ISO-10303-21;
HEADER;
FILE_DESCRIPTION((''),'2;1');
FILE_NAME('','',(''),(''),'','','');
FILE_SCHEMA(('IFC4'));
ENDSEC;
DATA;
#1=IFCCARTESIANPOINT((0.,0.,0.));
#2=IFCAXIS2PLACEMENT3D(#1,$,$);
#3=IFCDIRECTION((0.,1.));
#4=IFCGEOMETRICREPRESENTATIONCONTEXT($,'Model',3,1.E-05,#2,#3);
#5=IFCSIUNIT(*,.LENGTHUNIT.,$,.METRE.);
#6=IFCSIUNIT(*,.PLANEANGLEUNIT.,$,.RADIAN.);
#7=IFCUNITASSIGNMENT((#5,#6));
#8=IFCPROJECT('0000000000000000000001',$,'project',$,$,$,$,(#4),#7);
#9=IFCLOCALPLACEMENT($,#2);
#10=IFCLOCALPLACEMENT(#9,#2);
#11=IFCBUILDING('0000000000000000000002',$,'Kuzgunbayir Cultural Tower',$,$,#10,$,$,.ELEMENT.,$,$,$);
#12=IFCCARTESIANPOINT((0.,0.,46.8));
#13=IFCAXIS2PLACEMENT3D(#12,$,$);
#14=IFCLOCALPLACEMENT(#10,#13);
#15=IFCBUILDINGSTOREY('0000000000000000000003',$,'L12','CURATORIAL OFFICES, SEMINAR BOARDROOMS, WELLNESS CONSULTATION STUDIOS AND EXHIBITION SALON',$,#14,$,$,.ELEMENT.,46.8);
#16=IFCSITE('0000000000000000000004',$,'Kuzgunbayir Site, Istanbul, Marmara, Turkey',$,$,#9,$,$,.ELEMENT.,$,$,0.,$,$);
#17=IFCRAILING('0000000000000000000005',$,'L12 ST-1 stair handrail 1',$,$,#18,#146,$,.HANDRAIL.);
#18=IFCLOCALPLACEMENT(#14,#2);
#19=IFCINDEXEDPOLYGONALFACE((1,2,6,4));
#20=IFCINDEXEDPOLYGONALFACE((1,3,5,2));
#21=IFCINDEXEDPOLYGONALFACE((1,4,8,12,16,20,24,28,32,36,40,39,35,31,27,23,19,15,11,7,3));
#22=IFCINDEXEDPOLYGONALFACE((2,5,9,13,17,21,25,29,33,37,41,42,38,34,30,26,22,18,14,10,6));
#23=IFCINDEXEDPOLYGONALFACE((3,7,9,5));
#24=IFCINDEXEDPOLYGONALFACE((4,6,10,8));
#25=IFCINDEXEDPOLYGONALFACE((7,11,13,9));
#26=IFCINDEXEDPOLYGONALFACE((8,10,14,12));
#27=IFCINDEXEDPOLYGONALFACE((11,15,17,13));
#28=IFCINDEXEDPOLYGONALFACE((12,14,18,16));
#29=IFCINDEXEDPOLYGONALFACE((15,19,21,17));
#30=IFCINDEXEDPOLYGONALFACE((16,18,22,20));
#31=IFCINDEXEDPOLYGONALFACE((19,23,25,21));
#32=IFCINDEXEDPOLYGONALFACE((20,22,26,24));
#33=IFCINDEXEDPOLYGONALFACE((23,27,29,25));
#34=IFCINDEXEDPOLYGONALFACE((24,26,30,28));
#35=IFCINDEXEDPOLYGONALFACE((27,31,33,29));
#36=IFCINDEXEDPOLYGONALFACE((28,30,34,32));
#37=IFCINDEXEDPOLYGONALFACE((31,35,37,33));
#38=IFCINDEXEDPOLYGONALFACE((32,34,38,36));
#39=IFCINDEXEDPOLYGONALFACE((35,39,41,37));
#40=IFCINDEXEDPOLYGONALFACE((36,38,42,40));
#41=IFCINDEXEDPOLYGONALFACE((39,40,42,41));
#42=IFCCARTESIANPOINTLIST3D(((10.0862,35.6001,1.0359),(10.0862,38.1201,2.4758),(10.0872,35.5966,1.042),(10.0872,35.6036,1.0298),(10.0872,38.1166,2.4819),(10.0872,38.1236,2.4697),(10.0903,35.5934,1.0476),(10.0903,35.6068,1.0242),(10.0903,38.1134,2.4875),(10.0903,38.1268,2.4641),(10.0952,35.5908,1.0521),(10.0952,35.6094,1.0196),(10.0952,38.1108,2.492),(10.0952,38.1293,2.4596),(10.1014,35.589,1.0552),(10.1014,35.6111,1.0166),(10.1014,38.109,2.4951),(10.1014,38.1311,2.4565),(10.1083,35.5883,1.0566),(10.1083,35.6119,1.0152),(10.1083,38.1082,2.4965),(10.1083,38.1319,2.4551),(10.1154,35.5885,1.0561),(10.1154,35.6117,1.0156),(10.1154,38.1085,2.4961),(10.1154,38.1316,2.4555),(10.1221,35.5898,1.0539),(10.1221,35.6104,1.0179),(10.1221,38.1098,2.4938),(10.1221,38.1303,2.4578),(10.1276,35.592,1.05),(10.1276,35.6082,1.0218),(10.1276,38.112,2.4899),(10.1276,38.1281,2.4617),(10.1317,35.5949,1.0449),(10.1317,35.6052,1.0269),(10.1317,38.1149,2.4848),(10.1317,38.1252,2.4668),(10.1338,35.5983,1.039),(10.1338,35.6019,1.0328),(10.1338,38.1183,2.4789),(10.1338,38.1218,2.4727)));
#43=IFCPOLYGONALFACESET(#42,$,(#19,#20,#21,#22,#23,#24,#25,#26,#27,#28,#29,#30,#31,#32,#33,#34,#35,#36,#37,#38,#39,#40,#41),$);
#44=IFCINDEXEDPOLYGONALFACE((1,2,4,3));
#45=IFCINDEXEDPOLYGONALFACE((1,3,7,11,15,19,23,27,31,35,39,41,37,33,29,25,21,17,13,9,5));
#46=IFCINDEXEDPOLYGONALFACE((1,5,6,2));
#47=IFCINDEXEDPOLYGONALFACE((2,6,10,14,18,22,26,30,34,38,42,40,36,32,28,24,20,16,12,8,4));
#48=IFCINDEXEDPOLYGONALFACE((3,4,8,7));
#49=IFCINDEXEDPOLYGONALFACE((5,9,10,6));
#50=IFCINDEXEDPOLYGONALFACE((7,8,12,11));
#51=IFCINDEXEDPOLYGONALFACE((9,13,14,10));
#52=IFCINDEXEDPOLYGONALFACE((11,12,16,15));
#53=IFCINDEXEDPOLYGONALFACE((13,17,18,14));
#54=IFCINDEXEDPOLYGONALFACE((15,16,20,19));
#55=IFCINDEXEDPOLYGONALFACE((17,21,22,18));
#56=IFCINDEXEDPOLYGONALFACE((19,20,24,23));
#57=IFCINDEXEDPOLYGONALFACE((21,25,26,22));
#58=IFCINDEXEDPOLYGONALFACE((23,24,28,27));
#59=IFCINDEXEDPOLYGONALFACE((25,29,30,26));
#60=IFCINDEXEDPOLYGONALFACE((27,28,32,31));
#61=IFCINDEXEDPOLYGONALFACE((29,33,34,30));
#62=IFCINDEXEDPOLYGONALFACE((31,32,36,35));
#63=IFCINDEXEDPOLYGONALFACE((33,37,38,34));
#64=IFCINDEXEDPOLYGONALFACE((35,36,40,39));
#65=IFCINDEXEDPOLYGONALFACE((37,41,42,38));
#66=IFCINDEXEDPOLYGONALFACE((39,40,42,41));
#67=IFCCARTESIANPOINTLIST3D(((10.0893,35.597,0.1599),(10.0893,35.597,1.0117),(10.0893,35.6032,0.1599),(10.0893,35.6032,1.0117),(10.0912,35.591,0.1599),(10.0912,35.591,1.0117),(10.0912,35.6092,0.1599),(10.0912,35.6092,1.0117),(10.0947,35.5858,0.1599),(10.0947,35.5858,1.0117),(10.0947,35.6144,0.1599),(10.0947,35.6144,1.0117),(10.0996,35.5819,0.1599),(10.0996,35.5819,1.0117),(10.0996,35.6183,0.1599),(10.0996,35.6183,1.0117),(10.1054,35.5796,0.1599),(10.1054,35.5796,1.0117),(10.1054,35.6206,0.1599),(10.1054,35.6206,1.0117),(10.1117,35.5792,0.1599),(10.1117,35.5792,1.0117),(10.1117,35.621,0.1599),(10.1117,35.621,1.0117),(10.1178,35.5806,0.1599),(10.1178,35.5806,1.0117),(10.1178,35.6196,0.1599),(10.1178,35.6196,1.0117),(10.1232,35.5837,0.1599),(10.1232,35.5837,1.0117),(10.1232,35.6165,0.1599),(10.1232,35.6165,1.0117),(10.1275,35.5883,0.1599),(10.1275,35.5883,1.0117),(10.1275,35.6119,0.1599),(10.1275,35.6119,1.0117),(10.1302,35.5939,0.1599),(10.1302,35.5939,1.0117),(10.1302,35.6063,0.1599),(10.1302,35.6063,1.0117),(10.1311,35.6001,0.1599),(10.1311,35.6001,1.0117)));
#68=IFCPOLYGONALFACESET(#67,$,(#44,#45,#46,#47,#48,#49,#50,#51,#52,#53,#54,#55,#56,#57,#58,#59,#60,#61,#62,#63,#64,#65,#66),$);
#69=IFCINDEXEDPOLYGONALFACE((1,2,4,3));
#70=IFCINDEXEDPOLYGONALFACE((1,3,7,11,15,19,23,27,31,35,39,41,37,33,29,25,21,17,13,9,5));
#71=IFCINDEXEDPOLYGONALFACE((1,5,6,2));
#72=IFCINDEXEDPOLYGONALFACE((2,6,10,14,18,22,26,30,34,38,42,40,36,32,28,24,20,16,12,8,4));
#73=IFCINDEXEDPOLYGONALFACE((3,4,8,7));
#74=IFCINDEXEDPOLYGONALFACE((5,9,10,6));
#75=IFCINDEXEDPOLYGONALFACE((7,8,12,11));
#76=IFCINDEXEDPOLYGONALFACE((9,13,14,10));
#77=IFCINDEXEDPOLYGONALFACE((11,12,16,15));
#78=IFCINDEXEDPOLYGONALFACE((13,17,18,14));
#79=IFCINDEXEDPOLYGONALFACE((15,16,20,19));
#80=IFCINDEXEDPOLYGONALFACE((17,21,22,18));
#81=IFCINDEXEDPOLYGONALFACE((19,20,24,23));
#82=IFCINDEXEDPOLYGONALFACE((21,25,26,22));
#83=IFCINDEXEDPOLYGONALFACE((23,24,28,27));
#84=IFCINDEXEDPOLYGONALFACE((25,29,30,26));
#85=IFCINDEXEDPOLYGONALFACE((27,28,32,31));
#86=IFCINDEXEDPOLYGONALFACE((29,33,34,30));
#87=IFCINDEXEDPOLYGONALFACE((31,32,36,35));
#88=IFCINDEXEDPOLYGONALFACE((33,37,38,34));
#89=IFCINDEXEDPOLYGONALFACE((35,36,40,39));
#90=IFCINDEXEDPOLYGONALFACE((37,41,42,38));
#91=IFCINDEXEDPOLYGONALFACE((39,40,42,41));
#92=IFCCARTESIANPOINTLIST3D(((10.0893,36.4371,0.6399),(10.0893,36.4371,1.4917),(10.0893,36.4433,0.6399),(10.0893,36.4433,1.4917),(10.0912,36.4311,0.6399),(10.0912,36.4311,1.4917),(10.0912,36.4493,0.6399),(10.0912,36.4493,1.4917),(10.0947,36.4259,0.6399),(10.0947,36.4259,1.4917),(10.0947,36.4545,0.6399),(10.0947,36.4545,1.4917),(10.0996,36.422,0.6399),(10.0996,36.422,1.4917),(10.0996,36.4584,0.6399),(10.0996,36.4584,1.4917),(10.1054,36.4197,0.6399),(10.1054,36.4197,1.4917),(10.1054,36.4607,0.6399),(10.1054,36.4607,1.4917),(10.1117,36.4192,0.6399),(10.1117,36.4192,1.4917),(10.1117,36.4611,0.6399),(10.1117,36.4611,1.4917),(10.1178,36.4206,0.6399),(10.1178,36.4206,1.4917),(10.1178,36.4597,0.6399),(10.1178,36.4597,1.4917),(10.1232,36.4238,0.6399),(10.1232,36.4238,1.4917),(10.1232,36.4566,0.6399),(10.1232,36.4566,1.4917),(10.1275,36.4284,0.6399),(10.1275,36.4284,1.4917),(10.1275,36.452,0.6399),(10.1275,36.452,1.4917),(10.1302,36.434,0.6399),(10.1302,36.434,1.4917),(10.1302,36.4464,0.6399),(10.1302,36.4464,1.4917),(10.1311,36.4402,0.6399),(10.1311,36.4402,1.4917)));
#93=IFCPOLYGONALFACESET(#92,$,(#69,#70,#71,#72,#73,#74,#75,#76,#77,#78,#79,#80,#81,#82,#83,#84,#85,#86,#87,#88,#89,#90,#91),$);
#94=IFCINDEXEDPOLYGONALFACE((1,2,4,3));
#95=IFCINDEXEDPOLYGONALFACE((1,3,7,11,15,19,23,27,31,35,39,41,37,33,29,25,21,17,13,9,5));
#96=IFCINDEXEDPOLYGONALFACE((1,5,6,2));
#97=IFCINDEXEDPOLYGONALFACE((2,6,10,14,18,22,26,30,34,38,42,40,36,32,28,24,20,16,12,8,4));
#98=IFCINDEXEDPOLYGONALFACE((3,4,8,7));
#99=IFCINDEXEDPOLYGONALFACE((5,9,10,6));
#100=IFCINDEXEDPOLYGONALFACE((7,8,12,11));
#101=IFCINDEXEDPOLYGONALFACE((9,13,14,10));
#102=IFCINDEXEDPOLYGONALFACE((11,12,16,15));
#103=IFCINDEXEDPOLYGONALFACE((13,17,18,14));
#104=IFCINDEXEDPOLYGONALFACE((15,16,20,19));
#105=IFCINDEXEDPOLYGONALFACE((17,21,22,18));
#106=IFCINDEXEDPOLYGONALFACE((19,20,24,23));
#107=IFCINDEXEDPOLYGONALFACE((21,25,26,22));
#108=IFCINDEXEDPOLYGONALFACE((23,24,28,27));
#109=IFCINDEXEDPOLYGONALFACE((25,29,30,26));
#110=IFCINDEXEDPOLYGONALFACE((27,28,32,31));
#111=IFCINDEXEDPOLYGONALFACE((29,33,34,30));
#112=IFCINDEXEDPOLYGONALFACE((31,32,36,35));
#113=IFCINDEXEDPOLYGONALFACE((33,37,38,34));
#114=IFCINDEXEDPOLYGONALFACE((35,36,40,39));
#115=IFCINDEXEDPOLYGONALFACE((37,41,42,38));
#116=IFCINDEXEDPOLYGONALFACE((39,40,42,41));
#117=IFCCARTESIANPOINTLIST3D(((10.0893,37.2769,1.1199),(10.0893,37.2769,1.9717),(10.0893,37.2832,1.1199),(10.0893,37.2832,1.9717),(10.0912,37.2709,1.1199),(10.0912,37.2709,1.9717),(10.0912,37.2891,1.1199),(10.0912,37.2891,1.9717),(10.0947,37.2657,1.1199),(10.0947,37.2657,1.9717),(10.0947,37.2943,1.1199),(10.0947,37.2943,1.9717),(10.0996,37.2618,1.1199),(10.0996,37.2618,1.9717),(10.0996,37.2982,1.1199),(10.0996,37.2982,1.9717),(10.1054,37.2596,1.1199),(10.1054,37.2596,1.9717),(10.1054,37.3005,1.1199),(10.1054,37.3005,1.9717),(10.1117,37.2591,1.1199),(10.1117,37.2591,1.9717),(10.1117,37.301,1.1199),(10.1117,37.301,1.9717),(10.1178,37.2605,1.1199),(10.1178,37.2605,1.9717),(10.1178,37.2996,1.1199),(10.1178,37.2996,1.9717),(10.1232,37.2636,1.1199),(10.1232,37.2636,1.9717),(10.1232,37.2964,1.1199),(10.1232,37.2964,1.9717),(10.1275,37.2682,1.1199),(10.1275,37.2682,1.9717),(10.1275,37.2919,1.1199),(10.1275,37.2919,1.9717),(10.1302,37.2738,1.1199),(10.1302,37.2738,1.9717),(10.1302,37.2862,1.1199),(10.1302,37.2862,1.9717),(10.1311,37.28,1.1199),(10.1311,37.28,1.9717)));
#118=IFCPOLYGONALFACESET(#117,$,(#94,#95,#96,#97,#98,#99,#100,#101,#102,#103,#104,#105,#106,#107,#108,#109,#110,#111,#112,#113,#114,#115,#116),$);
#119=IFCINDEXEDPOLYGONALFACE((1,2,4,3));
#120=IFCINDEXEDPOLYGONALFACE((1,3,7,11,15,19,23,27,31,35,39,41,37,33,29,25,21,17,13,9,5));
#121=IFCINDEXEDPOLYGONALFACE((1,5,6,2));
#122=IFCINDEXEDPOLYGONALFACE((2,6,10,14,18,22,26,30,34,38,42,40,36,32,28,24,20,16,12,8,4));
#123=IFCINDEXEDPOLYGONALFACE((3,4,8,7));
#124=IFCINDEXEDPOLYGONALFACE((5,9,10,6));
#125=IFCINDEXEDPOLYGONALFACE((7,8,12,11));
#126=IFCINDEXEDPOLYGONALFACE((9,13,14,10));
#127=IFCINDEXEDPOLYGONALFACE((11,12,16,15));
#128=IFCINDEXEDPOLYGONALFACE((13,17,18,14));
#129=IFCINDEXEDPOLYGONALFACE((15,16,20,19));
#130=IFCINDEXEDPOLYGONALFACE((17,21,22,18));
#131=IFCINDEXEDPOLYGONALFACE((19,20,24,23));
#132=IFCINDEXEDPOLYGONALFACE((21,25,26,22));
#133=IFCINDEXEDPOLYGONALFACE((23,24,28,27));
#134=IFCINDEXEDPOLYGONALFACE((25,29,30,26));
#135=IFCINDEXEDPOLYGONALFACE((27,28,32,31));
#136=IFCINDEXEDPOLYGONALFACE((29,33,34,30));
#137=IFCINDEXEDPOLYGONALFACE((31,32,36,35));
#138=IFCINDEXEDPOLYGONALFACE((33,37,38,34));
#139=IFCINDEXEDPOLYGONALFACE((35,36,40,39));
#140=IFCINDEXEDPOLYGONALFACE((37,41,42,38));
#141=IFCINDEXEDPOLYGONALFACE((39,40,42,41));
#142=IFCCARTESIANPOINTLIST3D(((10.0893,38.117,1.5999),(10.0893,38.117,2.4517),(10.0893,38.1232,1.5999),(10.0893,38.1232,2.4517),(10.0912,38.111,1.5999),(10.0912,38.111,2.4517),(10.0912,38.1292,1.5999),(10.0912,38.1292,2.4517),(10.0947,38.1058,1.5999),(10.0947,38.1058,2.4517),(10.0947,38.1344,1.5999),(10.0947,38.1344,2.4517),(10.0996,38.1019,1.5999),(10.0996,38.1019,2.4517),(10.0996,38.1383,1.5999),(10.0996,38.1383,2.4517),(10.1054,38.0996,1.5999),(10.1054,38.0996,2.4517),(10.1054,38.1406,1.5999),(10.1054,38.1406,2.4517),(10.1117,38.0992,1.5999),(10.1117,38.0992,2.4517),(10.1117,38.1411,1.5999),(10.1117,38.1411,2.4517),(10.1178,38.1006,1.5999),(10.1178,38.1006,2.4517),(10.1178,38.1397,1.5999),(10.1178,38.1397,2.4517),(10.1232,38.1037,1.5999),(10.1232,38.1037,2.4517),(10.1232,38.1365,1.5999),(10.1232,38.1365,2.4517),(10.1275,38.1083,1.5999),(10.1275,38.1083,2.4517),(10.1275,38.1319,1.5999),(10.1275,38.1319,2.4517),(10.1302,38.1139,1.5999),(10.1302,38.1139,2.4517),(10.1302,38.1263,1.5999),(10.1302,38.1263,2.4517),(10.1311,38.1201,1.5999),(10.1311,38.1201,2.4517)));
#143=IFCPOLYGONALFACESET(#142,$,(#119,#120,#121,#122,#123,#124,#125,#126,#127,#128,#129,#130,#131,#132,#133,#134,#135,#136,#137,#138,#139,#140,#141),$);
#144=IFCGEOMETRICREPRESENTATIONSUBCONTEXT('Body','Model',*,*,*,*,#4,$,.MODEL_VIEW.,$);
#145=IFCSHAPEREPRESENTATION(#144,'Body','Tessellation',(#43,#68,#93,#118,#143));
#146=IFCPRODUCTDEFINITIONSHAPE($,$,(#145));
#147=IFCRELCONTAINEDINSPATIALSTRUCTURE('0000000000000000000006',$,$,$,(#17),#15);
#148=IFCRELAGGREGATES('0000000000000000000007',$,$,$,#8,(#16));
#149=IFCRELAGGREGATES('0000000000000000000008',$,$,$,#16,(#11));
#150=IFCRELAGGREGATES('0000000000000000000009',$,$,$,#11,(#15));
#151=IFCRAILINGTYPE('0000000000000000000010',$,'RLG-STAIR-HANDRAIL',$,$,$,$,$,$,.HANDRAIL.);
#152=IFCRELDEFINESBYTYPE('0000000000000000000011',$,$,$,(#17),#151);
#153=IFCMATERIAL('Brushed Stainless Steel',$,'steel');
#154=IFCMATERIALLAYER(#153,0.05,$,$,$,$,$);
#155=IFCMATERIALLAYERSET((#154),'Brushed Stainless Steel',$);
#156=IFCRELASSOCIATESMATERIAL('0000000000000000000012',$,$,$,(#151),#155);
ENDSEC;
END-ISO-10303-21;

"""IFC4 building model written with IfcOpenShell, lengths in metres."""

from ifc_helpers import new_model, si_unit, direction, frame, origin, origin_2d, place, context, subcontext, project, spatial, circle, extrude, material, layer, layer_set, type_object, element, save


model = new_model("IFC4")

# Units and contexts
model_context = context("Model", 3, precision=1e-05, world=origin(), true_north=direction((0.0, 1.0)))
body_context = subcontext(model_context, "Body", "Model", "MODEL_VIEW")
ifc_project = project(units=[si_unit("LENGTHUNIT", "METRE"), si_unit("PLANEANGLEUNIT", "RADIAN")], contexts=[model_context])

# Site, building, storey
site_placement = place(None, origin())
site = spatial("IfcSite", under=ifc_project, at=site_placement, Name="Kuzgunbayir Site, Istanbul, Marmara, Turkey", CompositionType="ELEMENT", RefElevation=0.0)
building_placement = place(site_placement, origin())
building = spatial("IfcBuilding", under=site, at=building_placement, Name="Kuzgunbayir Cultural Tower", CompositionType="ELEMENT")
storey_placement = place(building_placement, frame((0.0, 0.0, 46.8)))
storey = spatial("IfcBuildingStorey", under=building, at=storey_placement, Name="L12", Description="CURATORIAL OFFICES, SEMINAR BOARDROOMS, WELLNESS CONSULTATION STUDIOS AND EXHIBITION SALON", CompositionType="ELEMENT", Elevation=46.8)

# Shared definitions
ifc_material_1 = material(Name="Brushed Stainless Steel", Category="steel")

# Railing
ifc_layer_1 = layer(ifc_material_1, 0.05)
ifc_layer_set_1 = layer_set([ifc_layer_1], Name="Brushed Stainless Steel")
railing_type_1 = type_object("IfcRailingType", Name="RLG-STAIR-HANDRAIL", PredefinedType="HANDRAIL", material=ifc_layer_set_1)
railing_1_placement = place(storey_placement, frame((10.1101, 35.6001, 0.1599)))
element("IfcRailing", 1, at=railing_1_placement, inside=storey, type_object=railing_type_1, Name="L12 ST-1 stair handrail 1", PredefinedType="HANDRAIL", context=body_context, shape_type="SweptSolid", body=[
    extrude(circle(Radius=0.0239, at=origin_2d()), frame((0.0, 0.0, 0.876), z_axis=(0.0, 0.868253, 0.496121), x_axis=(-1.0, 0.0, 0.0)), (0.0, 0.0, 1.0), 2.9023),
    extrude(circle(Radius=0.021, at=origin_2d()), origin(), (0.0, 0.0, 1.0), 0.8518),
    extrude(circle(Radius=0.021, at=origin_2d()), frame((0.0, 0.8401, 0.48)), (0.0, 0.0, 1.0), 0.8518),
    extrude(circle(Radius=0.021, at=origin_2d()), frame((0.0, 1.6799, 0.96)), (0.0, 0.0, 1.0), 0.8518),
    extrude(circle(Radius=0.021, at=origin_2d()), frame((0.0, 2.52, 1.4399)), (0.0, 0.0, 1.0), 0.8518),
])

save(model, "model.ifc")
